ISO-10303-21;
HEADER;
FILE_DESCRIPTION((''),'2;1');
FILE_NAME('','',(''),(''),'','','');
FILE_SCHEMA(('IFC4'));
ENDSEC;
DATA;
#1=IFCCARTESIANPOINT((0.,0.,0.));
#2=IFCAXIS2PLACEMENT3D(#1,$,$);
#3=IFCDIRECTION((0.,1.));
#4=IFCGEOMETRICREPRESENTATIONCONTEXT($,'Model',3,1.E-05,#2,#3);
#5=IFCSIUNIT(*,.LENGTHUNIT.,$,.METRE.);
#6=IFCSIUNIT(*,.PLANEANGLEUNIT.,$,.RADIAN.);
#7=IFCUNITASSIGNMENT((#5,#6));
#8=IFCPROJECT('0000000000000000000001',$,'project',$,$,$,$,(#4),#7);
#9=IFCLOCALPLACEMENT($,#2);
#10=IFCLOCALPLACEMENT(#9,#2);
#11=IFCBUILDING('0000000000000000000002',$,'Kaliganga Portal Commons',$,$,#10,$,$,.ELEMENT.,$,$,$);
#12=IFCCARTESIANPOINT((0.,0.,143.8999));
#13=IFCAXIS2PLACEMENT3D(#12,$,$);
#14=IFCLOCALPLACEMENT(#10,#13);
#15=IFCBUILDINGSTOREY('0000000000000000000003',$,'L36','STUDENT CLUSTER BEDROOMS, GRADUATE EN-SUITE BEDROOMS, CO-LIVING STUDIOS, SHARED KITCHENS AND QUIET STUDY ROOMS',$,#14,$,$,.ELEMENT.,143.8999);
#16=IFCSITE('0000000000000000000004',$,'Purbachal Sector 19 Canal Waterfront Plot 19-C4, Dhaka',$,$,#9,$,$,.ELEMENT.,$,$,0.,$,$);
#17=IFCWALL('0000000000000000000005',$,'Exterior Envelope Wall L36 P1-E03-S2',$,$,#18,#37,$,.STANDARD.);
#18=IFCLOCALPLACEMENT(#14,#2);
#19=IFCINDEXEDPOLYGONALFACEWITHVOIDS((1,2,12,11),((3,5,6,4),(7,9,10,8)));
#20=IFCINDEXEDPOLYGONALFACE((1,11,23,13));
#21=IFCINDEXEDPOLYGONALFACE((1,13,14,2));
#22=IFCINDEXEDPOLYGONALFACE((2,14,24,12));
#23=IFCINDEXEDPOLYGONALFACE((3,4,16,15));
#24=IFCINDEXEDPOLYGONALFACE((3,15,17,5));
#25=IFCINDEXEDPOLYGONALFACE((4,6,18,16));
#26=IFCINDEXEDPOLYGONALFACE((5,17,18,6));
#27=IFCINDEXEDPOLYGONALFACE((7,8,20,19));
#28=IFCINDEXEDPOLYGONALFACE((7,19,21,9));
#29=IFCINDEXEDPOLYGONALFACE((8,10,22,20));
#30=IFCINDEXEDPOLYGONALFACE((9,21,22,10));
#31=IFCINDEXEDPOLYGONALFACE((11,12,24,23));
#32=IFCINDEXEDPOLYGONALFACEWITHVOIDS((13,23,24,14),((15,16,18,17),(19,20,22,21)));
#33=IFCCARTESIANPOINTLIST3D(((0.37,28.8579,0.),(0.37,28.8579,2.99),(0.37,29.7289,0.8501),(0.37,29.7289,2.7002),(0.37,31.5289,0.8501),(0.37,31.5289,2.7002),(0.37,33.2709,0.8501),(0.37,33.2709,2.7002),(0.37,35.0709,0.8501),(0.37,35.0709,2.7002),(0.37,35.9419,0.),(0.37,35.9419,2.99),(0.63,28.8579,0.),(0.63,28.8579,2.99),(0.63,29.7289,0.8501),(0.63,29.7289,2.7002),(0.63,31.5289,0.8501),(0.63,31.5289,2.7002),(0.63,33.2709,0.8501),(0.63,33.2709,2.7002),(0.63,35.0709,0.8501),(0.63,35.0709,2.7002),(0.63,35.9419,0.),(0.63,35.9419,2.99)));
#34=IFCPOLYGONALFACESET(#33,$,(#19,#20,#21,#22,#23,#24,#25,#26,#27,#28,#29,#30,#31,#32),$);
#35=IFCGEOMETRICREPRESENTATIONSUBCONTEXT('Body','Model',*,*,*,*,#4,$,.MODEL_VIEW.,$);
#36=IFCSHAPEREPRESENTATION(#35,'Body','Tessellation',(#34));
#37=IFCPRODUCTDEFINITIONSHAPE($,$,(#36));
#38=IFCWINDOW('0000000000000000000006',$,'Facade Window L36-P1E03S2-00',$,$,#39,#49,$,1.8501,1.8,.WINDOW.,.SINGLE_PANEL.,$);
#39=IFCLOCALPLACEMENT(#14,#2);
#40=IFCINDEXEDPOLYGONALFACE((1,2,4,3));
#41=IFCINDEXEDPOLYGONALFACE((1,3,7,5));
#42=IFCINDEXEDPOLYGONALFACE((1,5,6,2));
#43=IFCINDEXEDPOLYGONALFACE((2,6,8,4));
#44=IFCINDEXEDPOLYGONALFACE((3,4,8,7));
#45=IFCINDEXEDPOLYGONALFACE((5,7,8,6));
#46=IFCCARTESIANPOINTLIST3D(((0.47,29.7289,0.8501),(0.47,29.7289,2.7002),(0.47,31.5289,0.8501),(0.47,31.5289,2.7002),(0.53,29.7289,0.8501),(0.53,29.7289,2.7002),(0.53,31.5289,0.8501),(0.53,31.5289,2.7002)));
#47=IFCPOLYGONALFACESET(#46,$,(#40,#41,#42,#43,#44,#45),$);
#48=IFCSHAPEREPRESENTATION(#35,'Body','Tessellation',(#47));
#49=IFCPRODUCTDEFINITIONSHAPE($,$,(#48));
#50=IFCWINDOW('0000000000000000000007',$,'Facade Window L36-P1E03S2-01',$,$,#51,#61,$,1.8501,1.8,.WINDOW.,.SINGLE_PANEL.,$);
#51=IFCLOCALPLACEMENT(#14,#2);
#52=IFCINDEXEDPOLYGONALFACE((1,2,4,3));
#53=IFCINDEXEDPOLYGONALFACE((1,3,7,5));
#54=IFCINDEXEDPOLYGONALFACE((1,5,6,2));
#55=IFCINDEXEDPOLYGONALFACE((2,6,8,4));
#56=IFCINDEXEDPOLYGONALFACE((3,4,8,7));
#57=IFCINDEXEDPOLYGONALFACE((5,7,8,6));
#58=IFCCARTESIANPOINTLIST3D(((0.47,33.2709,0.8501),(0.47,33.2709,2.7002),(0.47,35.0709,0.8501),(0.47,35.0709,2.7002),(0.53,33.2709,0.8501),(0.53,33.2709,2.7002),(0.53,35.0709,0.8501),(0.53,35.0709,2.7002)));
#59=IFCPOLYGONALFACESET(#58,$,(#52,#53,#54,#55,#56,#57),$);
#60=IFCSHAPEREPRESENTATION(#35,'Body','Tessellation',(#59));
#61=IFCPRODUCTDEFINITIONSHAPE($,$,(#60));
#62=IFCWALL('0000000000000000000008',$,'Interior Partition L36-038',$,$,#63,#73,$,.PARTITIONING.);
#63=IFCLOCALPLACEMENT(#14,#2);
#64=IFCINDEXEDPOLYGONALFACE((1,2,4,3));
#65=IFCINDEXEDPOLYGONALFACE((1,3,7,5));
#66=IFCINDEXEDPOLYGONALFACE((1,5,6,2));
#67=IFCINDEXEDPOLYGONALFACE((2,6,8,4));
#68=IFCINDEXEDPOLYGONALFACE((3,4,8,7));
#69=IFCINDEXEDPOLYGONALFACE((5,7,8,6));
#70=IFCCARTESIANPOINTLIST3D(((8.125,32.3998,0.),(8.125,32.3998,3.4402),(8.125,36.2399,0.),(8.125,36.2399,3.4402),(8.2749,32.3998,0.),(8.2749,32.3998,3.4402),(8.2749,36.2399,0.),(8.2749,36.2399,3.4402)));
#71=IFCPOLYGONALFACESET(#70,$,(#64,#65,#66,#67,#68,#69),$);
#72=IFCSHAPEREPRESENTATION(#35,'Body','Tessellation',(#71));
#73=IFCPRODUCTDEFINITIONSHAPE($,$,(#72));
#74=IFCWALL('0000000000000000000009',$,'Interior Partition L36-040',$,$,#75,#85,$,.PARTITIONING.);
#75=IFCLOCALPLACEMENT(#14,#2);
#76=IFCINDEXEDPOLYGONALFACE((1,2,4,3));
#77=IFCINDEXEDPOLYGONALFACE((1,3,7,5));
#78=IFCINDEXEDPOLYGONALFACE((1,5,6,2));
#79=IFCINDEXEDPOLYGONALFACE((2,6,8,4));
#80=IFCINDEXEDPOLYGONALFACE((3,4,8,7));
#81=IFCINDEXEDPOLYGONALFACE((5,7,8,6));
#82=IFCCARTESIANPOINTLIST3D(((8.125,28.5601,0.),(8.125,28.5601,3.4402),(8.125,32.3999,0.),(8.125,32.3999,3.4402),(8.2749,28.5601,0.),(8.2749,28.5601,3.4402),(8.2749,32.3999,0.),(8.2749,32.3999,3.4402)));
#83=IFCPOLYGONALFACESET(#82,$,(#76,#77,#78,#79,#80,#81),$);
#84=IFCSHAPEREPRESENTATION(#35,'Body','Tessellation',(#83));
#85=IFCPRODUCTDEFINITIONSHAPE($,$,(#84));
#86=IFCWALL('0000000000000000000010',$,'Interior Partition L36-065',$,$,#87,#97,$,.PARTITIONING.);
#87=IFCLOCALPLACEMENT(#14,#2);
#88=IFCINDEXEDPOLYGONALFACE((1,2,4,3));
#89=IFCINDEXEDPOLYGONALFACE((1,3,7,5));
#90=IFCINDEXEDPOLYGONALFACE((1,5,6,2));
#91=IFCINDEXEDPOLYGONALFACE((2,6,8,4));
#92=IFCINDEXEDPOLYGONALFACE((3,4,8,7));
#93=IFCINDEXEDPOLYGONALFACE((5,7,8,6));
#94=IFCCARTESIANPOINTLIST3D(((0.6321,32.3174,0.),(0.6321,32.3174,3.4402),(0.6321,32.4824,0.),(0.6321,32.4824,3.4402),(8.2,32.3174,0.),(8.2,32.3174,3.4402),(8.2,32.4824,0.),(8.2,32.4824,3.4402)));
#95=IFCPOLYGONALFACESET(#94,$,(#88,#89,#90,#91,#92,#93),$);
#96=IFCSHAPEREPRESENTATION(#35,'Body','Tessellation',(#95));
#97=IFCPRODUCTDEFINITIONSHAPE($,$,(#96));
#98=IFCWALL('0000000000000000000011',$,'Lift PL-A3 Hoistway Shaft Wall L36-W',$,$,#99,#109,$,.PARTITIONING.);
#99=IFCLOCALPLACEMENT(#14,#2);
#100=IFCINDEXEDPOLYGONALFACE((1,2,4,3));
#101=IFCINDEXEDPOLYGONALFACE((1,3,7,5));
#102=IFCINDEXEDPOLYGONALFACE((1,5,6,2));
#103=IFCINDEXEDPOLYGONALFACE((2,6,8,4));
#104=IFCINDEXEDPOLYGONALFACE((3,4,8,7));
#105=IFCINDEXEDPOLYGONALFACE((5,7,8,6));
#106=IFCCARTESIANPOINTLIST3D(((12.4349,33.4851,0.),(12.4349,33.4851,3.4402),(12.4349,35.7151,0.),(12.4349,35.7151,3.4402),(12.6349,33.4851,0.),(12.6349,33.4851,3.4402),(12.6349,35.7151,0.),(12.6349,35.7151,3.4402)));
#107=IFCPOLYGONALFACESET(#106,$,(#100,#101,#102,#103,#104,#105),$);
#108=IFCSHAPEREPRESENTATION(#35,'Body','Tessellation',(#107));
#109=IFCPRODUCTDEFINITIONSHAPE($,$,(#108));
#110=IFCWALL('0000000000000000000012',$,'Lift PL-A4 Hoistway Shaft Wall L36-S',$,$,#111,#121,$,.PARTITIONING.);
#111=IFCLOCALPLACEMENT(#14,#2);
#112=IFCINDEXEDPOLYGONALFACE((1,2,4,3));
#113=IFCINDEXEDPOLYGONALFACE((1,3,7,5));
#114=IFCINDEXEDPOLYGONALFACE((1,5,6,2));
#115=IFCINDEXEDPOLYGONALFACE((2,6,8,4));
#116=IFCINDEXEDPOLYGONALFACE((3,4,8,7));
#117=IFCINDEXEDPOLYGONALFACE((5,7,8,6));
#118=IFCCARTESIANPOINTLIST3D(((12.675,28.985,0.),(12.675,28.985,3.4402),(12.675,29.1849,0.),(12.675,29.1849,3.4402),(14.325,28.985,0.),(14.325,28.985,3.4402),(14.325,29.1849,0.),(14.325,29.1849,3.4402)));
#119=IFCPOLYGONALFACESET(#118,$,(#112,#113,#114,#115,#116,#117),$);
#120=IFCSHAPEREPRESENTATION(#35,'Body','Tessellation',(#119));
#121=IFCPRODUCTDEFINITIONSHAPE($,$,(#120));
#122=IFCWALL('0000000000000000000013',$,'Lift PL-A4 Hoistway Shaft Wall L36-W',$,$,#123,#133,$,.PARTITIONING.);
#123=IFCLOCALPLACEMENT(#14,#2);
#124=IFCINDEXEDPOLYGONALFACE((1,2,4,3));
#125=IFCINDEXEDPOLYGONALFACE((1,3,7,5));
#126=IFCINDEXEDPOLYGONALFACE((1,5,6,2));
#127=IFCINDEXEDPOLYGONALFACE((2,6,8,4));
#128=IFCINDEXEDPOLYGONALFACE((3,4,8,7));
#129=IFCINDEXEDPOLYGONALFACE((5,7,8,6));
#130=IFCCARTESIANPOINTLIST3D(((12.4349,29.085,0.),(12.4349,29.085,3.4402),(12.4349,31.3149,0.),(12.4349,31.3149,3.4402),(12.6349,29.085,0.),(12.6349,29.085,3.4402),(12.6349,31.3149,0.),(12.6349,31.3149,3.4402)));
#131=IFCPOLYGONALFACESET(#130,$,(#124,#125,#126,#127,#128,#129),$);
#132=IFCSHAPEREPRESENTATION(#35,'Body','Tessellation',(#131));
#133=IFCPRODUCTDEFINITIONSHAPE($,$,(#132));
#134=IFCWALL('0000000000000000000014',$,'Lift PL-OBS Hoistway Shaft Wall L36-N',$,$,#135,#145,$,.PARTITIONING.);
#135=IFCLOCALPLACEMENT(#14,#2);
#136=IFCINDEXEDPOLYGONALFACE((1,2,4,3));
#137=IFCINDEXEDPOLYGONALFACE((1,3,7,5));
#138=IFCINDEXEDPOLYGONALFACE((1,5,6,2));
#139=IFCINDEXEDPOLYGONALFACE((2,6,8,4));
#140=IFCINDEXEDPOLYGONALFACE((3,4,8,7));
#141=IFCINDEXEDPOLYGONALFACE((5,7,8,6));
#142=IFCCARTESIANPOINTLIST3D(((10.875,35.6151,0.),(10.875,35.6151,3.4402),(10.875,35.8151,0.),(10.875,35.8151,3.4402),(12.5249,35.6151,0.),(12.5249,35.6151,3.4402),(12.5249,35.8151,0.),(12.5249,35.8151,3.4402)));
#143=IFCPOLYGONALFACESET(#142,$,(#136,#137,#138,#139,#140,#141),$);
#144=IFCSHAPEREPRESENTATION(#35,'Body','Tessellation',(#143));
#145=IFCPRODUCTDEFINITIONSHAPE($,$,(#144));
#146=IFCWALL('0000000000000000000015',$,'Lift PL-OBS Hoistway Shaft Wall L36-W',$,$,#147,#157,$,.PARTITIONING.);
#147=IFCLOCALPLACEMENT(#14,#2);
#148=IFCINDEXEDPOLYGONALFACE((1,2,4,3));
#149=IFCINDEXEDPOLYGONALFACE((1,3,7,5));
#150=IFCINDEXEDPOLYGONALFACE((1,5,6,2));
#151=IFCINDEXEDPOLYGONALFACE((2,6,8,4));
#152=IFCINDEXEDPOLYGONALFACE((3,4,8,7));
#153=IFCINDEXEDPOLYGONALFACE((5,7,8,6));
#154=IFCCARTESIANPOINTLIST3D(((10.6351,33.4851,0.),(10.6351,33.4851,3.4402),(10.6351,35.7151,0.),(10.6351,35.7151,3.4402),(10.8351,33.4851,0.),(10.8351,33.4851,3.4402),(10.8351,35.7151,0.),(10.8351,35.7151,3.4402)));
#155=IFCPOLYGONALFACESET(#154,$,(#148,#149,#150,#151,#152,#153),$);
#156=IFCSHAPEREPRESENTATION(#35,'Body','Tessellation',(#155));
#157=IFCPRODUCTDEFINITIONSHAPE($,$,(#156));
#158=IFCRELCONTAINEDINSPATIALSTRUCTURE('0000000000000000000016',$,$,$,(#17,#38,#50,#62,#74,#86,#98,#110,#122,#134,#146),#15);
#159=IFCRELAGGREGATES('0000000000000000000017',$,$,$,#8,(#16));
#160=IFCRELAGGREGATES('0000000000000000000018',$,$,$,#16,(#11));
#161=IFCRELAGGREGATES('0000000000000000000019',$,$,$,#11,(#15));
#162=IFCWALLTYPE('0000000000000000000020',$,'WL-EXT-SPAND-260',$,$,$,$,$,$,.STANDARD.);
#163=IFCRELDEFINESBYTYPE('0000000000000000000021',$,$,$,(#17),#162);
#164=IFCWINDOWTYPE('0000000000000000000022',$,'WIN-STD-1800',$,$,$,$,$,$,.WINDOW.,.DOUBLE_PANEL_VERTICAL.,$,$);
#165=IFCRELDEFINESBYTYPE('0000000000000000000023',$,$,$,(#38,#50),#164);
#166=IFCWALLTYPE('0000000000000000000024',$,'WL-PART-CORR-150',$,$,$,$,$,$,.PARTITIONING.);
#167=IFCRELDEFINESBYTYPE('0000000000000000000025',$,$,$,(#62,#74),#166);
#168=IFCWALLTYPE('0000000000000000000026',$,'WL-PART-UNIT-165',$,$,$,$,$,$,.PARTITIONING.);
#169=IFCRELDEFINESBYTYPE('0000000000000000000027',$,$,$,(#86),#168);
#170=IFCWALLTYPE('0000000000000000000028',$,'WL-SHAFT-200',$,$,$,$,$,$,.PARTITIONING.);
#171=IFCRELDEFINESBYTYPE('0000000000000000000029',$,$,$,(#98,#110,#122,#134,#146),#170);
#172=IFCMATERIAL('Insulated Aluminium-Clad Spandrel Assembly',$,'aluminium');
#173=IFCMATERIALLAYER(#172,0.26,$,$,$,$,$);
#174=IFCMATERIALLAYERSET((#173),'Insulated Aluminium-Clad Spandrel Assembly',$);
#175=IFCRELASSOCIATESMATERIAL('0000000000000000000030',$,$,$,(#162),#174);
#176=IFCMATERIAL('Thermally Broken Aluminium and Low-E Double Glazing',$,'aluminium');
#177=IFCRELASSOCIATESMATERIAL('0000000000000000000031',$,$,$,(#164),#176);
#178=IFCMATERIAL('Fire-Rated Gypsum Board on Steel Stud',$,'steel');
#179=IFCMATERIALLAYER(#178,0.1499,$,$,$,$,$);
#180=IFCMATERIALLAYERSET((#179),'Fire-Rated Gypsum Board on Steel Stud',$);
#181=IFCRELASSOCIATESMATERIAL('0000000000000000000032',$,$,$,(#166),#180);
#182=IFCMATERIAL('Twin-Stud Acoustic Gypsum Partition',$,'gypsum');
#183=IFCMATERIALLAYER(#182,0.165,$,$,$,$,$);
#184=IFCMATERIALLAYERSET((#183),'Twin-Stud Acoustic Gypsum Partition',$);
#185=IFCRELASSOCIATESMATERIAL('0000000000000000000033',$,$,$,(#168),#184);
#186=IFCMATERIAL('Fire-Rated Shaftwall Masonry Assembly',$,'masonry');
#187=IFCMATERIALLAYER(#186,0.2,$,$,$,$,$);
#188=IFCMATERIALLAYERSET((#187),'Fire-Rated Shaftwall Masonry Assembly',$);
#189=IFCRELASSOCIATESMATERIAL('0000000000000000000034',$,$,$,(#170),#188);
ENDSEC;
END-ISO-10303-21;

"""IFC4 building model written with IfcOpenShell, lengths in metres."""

from ifc_helpers import new_model, si_unit, direction, frame, frame_2d, origin, place, context, subcontext, project, spatial, rectangle, extrude, material, layer, layer_set, type_object, element, fill, save


model = new_model("IFC4")

# Units and contexts
model_context = context("Model", 3, precision=1e-05, world=origin(), true_north=direction((0.0, 1.0)))
body_context = subcontext(model_context, "Body", "Model", "MODEL_VIEW")
ifc_project = project(units=[si_unit("LENGTHUNIT", "METRE"), si_unit("PLANEANGLEUNIT", "RADIAN")], contexts=[model_context])

# Site, building, storey
site_placement = place(None, origin())
site = spatial("IfcSite", under=ifc_project, at=site_placement, Name="Purbachal Sector 19 Canal Waterfront Plot 19-C4, Dhaka", CompositionType="ELEMENT", RefElevation=0.0)
building_placement = place(site_placement, origin())
building = spatial("IfcBuilding", under=site, at=building_placement, Name="Kaliganga Portal Commons", CompositionType="ELEMENT")
storey_placement = place(building_placement, frame((0.0, 0.0, 143.8999)))
storey = spatial("IfcBuildingStorey", under=building, at=storey_placement, Name="L36", Description="STUDENT CLUSTER BEDROOMS, GRADUATE EN-SUITE BEDROOMS, CO-LIVING STUDIOS, SHARED KITCHENS AND QUIET STUDY ROOMS", CompositionType="ELEMENT", Elevation=143.8999)

# Wall, openings, windows
ifc_material_1 = material(Name="Insulated Aluminium-Clad Spandrel Assembly", Category="aluminium")
ifc_layer_1 = layer(ifc_material_1, 0.26)
ifc_layer_set_1 = layer_set([ifc_layer_1], Name="Insulated Aluminium-Clad Spandrel Assembly")
wall_type_1 = type_object("IfcWallType", Name="WL-EXT-SPAND-260", PredefinedType="STANDARD", material=ifc_layer_set_1)
wall_1_placement = place(storey_placement, frame((0.5, 28.8579, 0.0), z_axis=(0.0, 0.0, 1.0), x_axis=(0.0, 1.0, 0.0)))
wall_1 = element("IfcWall", 1, at=wall_1_placement, inside=storey, type_object=wall_type_1, Name="Exterior Envelope Wall L36 P1-E03-S2", PredefinedType="STANDARD", context=body_context, shape_type="SweptSolid", body=[
    extrude(rectangle(XDim=7.084, YDim=0.26, at=frame_2d((3.542, 0.0))), origin(), (0.0, 0.0, 1.0), 2.99),
])
opening_1_placement = place(wall_1_placement, frame((0.8711, 0.0, 0.8501)))
opening_1 = element("IfcOpeningElement", 2, at=opening_1_placement, cuts=wall_1, PredefinedType="OPENING", context=body_context, shape_type="SweptSolid", body=[
    extrude(rectangle(XDim=1.8, YDim=1.8501, at=frame_2d((0.8999, 0.925))), frame((0.0, 0.1401, 0.0), z_axis=(0.0, -1.0, 0.0), x_axis=(1.0, 0.0, 0.0)), (0.0, 0.0, 1.0), 0.28),
])
opening_2_placement = place(wall_1_placement, frame((4.4131, 0.0, 0.8501)))
opening_2 = element("IfcOpeningElement", 3, at=opening_2_placement, cuts=wall_1, PredefinedType="OPENING", context=body_context, shape_type="SweptSolid", body=[
    extrude(rectangle(XDim=1.8, YDim=1.8501, at=frame_2d((0.8999, 0.925))), frame((0.0, 0.1401, 0.0), z_axis=(0.0, -1.0, 0.0), x_axis=(1.0, 0.0, 0.0)), (0.0, 0.0, 1.0), 0.28),
])
ifc_material_2 = material(Name="Thermally Broken Aluminium and Low-E Double Glazing", Category="aluminium")
window_type = type_object("IfcWindowType", Name="WIN-STD-1800", PartitioningType="DOUBLE_PANEL_VERTICAL", PredefinedType="WINDOW", material=ifc_material_2)
window_1_placement = place(opening_1_placement, origin())
window_1 = element("IfcWindow", 4, at=window_1_placement, inside=storey, type_object=window_type, Name="Facade Window L36-P1E03S2-00", OverallHeight=1.8501, OverallWidth=1.8, PartitioningType="SINGLE_PANEL", PredefinedType="WINDOW", context=body_context, shape_type="SweptSolid", body=[
    extrude(rectangle(XDim=1.8, YDim=1.8501, at=frame_2d((0.8999, 0.925))), frame((0.0, 0.03, 0.0), z_axis=(0.0, -1.0, 0.0), x_axis=(1.0, 0.0, 0.0)), (0.0, 0.0, 1.0), 0.0601),
])
fill(opening_1, window_1)
window_2_placement = place(opening_2_placement, origin())
window_2 = element("IfcWindow", 5, at=window_2_placement, inside=storey, type_object=window_type, Name="Facade Window L36-P1E03S2-01", OverallHeight=1.8501, OverallWidth=1.8, PartitioningType="SINGLE_PANEL", PredefinedType="WINDOW", context=body_context, shape_type="SweptSolid", body=[
    extrude(rectangle(XDim=1.8, YDim=1.8501, at=frame_2d((0.8999, 0.925))), frame((0.0, 0.03, 0.0), z_axis=(0.0, -1.0, 0.0), x_axis=(1.0, 0.0, 0.0)), (0.0, 0.0, 1.0), 0.0601),
])
fill(opening_2, window_2)

# Walls
ifc_material_3 = material(Name="Fire-Rated Gypsum Board on Steel Stud", Category="steel")
ifc_layer_2 = layer(ifc_material_3, 0.1499)
ifc_layer_set_2 = layer_set([ifc_layer_2], Name="Fire-Rated Gypsum Board on Steel Stud")
wall_type_2 = type_object("IfcWallType", Name="WL-PART-CORR-150", PredefinedType="PARTITIONING", material=ifc_layer_set_2)
wall_2_placement = place(storey_placement, frame((8.2, 32.3999, 0.0), z_axis=(0.0, 0.0, 1.0), x_axis=(0.0, 1.0, 0.0)))
element("IfcWall", 6, at=wall_2_placement, inside=storey, type_object=wall_type_2, Name="Interior Partition L36-038", PredefinedType="PARTITIONING", context=body_context, shape_type="SweptSolid", body=[
    extrude(rectangle(XDim=3.8401, YDim=0.1499, at=frame_2d((1.9199, 0.0))), origin(), (0.0, 0.0, 1.0), 3.4402),
])
wall_3_placement = place(storey_placement, frame((8.2, 28.5601, 0.0), z_axis=(0.0, 0.0, 1.0), x_axis=(0.0, 1.0, 0.0)))
element("IfcWall", 7, at=wall_3_placement, inside=storey, type_object=wall_type_2, Name="Interior Partition L36-040", PredefinedType="PARTITIONING", context=body_context, shape_type="SweptSolid", body=[
    extrude(rectangle(XDim=3.8398, YDim=0.1499, at=frame_2d((1.9199, 0.0))), origin(), (0.0, 0.0, 1.0), 3.4402),
])
ifc_material_4 = material(Name="Twin-Stud Acoustic Gypsum Partition", Category="gypsum")
ifc_layer_3 = layer(ifc_material_4, 0.165)
ifc_layer_set_3 = layer_set([ifc_layer_3], Name="Twin-Stud Acoustic Gypsum Partition")
wall_type_3 = type_object("IfcWallType", Name="WL-PART-UNIT-165", PredefinedType="PARTITIONING", material=ifc_layer_set_3)
wall_4_placement = place(storey_placement, frame((0.6321, 32.3999, 0.0), z_axis=(0.0, 0.0, 1.0), x_axis=(1.0, 0.0, 0.0)))
element("IfcWall", 8, at=wall_4_placement, inside=storey, type_object=wall_type_3, Name="Interior Partition L36-065", PredefinedType="PARTITIONING", context=body_context, shape_type="SweptSolid", body=[
    extrude(rectangle(XDim=7.5679, YDim=0.165, at=frame_2d((3.7839, 0.0))), origin(), (0.0, 0.0, 1.0), 3.4402),
])

# Shared definitions
ifc_material_5 = material(Name="Fire-Rated Shaftwall Masonry Assembly", Category="masonry")
ifc_layer_4 = layer(ifc_material_5, 0.2)
ifc_layer_set_4 = layer_set([ifc_layer_4], Name="Fire-Rated Shaftwall Masonry Assembly")
wall_type_4 = type_object("IfcWallType", Name="WL-SHAFT-200", PredefinedType="PARTITIONING", material=ifc_layer_set_4)

# Walls
wall_5_placement = place(storey_placement, frame((12.5349, 33.4851, 0.0), z_axis=(0.0, 0.0, 1.0), x_axis=(0.0, 1.0, 0.0)))
element("IfcWall", 9, at=wall_5_placement, inside=storey, type_object=wall_type_4, Name="Lift PL-A3 Hoistway Shaft Wall L36-W", PredefinedType="PARTITIONING", context=body_context, shape_type="SweptSolid", body=[
    extrude(rectangle(XDim=2.23, YDim=0.2, at=frame_2d((1.115, 0.0))), origin(), (0.0, 0.0, 1.0), 3.4402),
])
wall_6_placement = place(storey_placement, frame((12.675, 29.085, 0.0), z_axis=(0.0, 0.0, 1.0), x_axis=(1.0, 0.0, 0.0)))
element("IfcWall", 10, at=wall_6_placement, inside=storey, type_object=wall_type_4, Name="Lift PL-A4 Hoistway Shaft Wall L36-S", PredefinedType="PARTITIONING", context=body_context, shape_type="SweptSolid", body=[
    extrude(rectangle(XDim=1.6499, YDim=0.2, at=frame_2d((0.825, 0.0))), origin(), (0.0, 0.0, 1.0), 3.4402),
])

# Wall
wall_7_placement = place(storey_placement, frame((12.5349, 29.085, 0.0), z_axis=(0.0, 0.0, 1.0), x_axis=(0.0, 1.0, 0.0)))
element("IfcWall", 11, at=wall_7_placement, inside=storey, type_object=wall_type_4, Name="Lift PL-A4 Hoistway Shaft Wall L36-W", PredefinedType="PARTITIONING", context=body_context, shape_type="SweptSolid", body=[
    extrude(rectangle(XDim=2.23, YDim=0.2, at=frame_2d((1.115, 0.0))), origin(), (0.0, 0.0, 1.0), 3.4402),
])

# Walls
wall_8_placement = place(storey_placement, frame((10.875, 35.7151, 0.0), z_axis=(0.0, 0.0, 1.0), x_axis=(1.0, 0.0, 0.0)))
element("IfcWall", 12, at=wall_8_placement, inside=storey, type_object=wall_type_4, Name="Lift PL-OBS Hoistway Shaft Wall L36-N", PredefinedType="PARTITIONING", context=body_context, shape_type="SweptSolid", body=[
    extrude(rectangle(XDim=1.6499, YDim=0.2, at=frame_2d((0.825, 0.0))), origin(), (0.0, 0.0, 1.0), 3.4402),
])
wall_9_placement = place(storey_placement, frame((10.7351, 33.4851, 0.0), z_axis=(0.0, 0.0, 1.0), x_axis=(0.0, 1.0, 0.0)))
element("IfcWall", 13, at=wall_9_placement, inside=storey, type_object=wall_type_4, Name="Lift PL-OBS Hoistway Shaft Wall L36-W", PredefinedType="PARTITIONING", context=body_context, shape_type="SweptSolid", body=[
    extrude(rectangle(XDim=2.23, YDim=0.2, at=frame_2d((1.115, 0.0))), origin(), (0.0, 0.0, 1.0), 3.4402),
])

save(model, "model.ifc")
